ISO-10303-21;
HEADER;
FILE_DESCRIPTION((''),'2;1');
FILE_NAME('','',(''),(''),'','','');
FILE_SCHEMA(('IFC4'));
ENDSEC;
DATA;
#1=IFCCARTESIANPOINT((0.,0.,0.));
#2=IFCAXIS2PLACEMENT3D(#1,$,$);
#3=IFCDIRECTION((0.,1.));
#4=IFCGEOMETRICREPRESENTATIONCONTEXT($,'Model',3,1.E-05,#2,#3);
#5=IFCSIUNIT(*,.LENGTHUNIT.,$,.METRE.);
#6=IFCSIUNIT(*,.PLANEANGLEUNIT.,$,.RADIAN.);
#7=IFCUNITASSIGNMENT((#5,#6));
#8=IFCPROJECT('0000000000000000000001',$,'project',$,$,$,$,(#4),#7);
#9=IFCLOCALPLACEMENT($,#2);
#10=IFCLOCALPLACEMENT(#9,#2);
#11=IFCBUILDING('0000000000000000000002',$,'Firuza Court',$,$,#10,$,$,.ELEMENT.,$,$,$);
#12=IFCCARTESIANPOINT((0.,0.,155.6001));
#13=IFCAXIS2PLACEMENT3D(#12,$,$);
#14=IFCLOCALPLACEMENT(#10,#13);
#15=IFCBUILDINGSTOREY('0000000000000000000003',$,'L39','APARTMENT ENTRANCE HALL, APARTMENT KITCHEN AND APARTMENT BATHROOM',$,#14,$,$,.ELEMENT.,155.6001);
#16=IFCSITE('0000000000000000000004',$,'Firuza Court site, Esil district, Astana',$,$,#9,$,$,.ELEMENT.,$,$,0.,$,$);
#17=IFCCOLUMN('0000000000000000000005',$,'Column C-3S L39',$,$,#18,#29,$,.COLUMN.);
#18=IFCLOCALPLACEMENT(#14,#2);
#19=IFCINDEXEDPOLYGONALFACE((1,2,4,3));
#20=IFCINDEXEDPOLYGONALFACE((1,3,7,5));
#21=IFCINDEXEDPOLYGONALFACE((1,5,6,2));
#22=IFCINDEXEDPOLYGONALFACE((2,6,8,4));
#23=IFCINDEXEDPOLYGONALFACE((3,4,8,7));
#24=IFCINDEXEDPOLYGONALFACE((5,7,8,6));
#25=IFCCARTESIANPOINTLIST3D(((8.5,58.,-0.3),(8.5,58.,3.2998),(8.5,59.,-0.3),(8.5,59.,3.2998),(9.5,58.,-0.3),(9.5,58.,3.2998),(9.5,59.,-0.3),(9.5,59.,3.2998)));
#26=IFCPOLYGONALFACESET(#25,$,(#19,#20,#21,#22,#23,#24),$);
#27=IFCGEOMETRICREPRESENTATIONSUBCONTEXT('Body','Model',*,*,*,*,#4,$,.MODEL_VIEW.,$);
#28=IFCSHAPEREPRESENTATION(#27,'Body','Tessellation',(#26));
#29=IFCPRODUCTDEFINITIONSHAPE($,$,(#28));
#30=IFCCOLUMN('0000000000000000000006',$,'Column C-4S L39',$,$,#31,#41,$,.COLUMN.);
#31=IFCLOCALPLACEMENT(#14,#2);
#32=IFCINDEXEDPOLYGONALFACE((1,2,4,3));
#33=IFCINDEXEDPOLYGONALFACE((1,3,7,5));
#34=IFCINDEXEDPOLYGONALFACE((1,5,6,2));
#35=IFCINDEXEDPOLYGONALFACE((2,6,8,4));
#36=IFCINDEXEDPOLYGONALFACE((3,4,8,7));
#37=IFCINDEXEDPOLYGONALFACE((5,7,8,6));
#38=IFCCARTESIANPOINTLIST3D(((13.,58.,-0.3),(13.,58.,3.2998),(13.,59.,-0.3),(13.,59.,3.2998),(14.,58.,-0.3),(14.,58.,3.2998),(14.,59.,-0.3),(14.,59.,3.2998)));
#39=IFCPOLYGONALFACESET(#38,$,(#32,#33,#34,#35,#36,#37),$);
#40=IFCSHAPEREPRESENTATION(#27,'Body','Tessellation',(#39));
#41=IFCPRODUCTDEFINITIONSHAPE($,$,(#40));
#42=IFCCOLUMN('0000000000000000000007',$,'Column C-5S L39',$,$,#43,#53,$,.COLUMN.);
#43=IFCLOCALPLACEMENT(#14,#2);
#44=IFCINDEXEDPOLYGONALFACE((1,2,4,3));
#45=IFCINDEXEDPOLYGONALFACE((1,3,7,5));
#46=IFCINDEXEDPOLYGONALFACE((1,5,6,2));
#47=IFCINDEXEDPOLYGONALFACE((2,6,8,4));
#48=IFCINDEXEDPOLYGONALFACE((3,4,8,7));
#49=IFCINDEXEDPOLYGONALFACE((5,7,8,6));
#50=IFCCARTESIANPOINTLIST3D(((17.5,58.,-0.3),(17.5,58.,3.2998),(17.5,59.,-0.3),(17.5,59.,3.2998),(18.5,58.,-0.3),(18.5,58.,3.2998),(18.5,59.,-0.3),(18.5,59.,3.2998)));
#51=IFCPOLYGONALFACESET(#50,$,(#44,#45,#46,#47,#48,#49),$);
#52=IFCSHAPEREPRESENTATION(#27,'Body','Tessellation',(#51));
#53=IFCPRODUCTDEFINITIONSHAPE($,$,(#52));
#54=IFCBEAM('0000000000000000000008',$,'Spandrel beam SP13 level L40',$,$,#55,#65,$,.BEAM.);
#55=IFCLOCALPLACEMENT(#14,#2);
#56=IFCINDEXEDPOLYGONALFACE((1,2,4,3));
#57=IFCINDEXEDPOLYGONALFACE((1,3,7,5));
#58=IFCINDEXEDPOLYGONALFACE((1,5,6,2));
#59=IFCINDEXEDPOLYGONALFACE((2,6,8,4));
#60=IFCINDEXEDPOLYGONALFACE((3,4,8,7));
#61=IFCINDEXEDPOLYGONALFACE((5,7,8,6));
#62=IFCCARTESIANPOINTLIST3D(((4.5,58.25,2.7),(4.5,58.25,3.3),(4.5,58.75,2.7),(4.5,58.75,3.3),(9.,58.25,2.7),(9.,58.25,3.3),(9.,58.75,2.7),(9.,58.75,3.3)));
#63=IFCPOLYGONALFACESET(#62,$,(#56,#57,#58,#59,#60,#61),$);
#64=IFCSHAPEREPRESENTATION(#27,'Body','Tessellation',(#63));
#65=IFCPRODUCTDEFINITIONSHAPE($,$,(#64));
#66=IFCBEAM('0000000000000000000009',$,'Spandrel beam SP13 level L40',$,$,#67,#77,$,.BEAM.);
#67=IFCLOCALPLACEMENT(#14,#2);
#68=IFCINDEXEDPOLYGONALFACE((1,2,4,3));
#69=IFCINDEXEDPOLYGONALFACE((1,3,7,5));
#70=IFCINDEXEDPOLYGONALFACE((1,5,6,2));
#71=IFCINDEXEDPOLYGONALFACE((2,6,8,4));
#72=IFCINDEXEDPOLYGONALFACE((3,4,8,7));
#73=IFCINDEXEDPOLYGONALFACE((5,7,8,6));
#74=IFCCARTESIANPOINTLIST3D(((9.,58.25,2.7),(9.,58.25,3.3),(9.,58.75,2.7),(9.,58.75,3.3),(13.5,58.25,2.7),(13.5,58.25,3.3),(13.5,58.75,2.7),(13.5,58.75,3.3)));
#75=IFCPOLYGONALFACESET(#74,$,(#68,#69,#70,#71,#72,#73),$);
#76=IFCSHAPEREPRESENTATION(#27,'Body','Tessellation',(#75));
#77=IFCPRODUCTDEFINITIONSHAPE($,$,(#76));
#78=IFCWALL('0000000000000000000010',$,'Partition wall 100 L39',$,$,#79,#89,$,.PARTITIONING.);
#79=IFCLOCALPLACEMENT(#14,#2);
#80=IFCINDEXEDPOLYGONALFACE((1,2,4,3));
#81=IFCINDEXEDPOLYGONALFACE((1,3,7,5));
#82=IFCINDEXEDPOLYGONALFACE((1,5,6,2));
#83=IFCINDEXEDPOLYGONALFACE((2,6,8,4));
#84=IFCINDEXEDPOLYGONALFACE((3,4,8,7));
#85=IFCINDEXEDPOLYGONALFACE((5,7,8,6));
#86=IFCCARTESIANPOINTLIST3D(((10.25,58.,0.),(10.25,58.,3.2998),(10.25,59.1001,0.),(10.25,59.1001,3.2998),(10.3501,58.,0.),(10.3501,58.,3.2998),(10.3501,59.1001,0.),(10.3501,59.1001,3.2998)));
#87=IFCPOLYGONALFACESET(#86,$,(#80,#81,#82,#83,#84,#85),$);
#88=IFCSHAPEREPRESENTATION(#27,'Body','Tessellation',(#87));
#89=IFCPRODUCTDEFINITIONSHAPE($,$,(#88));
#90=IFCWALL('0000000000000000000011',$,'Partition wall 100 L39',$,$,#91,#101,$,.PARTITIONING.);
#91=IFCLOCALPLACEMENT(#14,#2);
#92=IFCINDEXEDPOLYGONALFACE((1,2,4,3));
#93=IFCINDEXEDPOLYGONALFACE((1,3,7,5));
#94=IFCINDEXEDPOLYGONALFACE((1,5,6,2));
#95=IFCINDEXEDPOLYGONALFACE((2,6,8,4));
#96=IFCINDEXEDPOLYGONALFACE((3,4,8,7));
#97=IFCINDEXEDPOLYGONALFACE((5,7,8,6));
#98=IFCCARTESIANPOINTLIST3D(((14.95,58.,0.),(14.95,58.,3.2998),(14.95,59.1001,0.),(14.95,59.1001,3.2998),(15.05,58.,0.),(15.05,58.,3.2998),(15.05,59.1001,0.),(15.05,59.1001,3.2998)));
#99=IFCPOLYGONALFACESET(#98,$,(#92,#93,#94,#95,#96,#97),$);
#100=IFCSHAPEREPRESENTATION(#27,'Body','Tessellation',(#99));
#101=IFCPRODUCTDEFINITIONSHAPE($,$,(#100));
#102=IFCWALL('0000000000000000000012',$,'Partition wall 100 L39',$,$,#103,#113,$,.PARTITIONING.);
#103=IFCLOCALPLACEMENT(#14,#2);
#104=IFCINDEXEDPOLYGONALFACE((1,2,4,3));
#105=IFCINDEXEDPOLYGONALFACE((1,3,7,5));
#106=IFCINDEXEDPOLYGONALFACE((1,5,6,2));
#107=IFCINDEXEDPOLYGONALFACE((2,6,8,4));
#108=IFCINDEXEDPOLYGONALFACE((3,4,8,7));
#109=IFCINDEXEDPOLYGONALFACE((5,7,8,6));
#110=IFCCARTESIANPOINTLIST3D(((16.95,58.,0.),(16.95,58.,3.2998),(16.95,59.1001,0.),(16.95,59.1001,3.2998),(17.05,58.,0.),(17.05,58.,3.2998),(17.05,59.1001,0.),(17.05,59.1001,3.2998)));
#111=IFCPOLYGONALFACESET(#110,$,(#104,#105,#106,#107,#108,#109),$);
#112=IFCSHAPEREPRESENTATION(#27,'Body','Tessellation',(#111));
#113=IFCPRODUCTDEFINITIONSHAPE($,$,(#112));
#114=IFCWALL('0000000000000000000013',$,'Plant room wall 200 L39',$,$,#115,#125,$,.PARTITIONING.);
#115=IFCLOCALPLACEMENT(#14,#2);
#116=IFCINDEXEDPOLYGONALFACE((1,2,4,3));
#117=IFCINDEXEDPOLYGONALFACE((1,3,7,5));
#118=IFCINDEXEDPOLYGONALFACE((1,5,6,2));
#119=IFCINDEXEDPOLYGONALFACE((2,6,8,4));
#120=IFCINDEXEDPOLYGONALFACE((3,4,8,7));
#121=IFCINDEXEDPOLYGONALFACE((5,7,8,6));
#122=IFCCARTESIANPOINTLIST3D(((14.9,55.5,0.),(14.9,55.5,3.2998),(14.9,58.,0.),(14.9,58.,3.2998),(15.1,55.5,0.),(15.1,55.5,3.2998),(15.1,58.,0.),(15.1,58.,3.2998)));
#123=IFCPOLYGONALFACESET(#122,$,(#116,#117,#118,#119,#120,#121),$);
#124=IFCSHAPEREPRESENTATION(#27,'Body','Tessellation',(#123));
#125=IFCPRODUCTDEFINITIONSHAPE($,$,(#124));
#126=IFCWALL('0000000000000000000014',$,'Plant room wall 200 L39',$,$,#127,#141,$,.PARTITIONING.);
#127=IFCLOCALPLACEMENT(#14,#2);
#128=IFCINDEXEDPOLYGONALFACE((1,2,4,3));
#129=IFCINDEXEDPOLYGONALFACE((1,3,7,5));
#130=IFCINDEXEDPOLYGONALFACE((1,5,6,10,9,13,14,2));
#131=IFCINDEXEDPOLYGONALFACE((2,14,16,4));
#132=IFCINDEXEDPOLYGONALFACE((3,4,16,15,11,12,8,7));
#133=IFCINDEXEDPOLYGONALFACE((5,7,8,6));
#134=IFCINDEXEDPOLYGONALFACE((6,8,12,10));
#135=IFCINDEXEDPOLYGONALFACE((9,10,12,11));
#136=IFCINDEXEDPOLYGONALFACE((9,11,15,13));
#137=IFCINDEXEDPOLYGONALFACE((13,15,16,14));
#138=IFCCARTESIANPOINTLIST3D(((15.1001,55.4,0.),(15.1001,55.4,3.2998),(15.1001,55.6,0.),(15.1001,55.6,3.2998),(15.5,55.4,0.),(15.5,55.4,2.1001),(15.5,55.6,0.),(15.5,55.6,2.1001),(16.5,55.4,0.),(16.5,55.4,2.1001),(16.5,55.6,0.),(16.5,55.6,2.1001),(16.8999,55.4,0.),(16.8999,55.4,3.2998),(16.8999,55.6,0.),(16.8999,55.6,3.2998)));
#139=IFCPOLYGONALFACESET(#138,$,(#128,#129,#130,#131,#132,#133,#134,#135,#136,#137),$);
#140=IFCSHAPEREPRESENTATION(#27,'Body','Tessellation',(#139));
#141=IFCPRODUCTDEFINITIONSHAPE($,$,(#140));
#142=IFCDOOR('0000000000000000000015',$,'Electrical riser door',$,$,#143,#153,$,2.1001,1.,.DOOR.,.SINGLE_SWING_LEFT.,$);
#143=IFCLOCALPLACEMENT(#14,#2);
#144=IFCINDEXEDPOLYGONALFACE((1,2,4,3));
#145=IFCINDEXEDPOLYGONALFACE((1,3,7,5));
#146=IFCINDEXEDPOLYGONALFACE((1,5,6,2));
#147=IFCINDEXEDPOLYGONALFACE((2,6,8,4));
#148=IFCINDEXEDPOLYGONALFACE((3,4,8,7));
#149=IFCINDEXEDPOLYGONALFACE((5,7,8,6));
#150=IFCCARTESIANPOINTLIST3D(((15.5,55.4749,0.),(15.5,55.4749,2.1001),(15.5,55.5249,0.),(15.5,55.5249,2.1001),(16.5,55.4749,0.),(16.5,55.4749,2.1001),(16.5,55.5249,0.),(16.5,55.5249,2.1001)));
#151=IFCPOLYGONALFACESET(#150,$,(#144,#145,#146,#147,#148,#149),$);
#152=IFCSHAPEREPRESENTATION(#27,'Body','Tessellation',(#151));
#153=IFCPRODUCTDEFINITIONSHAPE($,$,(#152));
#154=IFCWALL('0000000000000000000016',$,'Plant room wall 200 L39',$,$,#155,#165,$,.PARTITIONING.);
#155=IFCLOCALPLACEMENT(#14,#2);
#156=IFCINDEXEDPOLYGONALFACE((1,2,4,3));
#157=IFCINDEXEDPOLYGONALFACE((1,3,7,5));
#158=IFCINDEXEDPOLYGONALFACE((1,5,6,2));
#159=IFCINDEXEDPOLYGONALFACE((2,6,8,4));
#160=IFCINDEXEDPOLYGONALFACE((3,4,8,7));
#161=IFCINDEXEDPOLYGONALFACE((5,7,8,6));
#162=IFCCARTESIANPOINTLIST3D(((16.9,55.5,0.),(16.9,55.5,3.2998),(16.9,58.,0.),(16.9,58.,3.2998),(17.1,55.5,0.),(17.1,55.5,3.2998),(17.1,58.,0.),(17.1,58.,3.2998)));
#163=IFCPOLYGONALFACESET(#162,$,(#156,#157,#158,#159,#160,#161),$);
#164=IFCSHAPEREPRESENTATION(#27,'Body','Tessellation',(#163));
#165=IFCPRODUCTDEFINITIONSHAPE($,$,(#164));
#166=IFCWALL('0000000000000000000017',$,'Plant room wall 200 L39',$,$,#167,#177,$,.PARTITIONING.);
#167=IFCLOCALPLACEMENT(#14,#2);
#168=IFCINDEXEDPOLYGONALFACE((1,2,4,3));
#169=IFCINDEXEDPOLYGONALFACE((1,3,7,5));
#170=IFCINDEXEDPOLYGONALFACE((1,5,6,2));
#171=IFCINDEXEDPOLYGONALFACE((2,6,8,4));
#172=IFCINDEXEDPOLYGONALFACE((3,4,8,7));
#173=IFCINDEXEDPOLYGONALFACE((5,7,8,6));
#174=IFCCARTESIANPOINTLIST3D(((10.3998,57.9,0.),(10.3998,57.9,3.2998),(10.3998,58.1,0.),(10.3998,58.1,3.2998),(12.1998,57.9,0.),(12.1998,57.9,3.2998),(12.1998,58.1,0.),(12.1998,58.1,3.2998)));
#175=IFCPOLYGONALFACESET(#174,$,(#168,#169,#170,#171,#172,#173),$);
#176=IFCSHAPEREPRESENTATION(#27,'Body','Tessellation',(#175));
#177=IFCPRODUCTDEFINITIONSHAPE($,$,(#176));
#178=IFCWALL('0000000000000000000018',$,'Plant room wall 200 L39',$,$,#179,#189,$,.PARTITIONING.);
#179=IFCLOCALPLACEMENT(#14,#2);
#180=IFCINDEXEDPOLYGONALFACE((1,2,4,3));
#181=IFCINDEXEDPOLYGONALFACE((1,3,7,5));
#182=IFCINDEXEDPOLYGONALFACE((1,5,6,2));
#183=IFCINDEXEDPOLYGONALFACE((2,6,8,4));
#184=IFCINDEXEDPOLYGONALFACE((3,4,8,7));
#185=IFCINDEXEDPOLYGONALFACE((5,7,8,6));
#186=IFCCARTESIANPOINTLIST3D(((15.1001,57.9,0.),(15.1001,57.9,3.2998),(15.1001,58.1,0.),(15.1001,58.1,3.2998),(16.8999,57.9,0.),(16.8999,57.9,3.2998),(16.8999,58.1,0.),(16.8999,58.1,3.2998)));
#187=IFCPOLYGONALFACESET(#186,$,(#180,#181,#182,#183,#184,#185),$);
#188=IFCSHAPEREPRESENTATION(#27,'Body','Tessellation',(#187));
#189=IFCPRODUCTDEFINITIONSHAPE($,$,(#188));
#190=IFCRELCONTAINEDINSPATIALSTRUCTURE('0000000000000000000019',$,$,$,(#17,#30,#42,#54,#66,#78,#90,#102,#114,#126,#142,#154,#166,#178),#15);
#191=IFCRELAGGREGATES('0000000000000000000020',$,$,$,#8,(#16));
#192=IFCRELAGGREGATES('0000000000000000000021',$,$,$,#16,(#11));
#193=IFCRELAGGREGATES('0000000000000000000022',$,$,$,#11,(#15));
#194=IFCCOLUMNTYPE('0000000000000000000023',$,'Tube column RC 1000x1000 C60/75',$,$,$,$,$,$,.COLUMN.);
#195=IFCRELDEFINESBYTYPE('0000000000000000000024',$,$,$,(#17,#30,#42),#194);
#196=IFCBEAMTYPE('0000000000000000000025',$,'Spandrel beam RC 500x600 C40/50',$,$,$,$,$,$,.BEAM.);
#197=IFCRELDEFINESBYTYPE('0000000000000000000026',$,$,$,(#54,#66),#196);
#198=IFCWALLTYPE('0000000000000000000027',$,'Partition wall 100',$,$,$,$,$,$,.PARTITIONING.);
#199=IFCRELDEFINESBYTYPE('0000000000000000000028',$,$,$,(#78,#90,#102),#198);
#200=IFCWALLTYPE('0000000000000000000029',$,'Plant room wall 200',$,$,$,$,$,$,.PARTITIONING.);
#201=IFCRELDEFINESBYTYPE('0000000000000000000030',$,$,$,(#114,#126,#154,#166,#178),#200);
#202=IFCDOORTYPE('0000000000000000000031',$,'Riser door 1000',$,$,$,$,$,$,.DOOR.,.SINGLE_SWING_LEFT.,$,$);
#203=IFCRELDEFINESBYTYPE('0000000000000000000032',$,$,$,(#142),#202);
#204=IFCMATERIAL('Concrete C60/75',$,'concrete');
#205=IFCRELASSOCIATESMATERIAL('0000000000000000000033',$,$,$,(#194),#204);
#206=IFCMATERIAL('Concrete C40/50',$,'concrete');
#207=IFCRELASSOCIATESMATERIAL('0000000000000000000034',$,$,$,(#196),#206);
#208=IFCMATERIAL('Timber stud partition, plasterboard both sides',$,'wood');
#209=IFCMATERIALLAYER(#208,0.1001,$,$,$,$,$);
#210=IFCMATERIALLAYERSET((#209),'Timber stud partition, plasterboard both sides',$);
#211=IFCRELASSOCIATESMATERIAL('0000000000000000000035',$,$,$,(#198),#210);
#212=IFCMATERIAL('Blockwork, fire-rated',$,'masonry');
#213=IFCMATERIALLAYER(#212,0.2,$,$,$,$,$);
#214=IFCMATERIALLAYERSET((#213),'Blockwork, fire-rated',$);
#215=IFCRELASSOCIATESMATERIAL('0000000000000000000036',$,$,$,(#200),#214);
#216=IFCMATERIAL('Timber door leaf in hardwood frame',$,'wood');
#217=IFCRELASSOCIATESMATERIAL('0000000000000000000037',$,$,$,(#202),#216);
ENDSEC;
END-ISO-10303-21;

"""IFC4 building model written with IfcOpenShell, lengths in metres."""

from ifc_helpers import new_model, si_unit, direction, frame, frame_2d, origin, origin_2d, place, context, subcontext, project, spatial, rectangle, extrude, material, layer, layer_set, material_profile, profile_set, type_object, element, fill, save


model = new_model("IFC4")

# Units and contexts
model_context = context("Model", 3, precision=1e-05, world=origin(), true_north=direction((0.0, 1.0)))
body_context = subcontext(model_context, "Body", "Model", "MODEL_VIEW")
ifc_project = project(units=[si_unit("LENGTHUNIT", "METRE"), si_unit("PLANEANGLEUNIT", "RADIAN")], contexts=[model_context])

# Site, building, storey
site_placement = place(None, origin())
site = spatial("IfcSite", under=ifc_project, at=site_placement, Name="Firuza Court site, Esil district, Astana", CompositionType="ELEMENT", RefElevation=0.0)
building_placement = place(site_placement, origin())
building = spatial("IfcBuilding", under=site, at=building_placement, Name="Firuza Court", CompositionType="ELEMENT")
storey_placement = place(building_placement, frame((0.0, 0.0, 155.6001)))
storey = spatial("IfcBuildingStorey", under=building, at=storey_placement, Name="L39", Description="APARTMENT ENTRANCE HALL, APARTMENT KITCHEN AND APARTMENT BATHROOM", CompositionType="ELEMENT", Elevation=155.6001)

# Columns
ifc_material_1 = material(Name="Concrete C60/75", Category="concrete")
ifc_material_profile_1 = material_profile(ifc_material_1, rectangle(XDim=1.0, YDim=1.0, at=origin_2d()), Name="RC 1000x1000")
ifc_profile_set_1 = profile_set([ifc_material_profile_1], Name="Concrete C60/75")
column_type = type_object("IfcColumnType", Name="Tube column RC 1000x1000 C60/75", PredefinedType="COLUMN", material=ifc_profile_set_1)
for number, where, z_axis, x_axis, name in (
    (1, (9.0, 58.5, -0.3), (0.0, 0.0, 1.0), (1.0, 0.0, 0.0), "Column C-3S L39"),
    (2, (13.5, 58.5, -0.3), (0.0, 0.0, 1.0), (1.0, 0.0, 0.0), "Column C-4S L39"),
    (3, (18.0, 58.5, -0.3), (0.0, 0.0, 1.0), (1.0, 0.0, 0.0), "Column C-5S L39"),
):
    element("IfcColumn", number, at=place(storey_placement, frame(where, z_axis=z_axis, x_axis=x_axis)), inside=storey, type_object=column_type, Name=name, PredefinedType="COLUMN", context=body_context, shape_type="SweptSolid", body=[
        extrude(rectangle(XDim=1.0, YDim=1.0, at=origin_2d()), origin(), (0.0, 0.0, 1.0), 3.5999),
    ])

# Beams
ifc_material_2 = material(Name="Concrete C40/50", Category="concrete")
ifc_material_profile_2 = material_profile(ifc_material_2, rectangle(XDim=0.5, YDim=0.6001, at=origin_2d()), Name="RC 500x600")
ifc_profile_set_2 = profile_set([ifc_material_profile_2], Name="Concrete C40/50")
beam_type = type_object("IfcBeamType", Name="Spandrel beam RC 500x600 C40/50", PredefinedType="BEAM", material=ifc_profile_set_2)
for number, where, z_axis, x_axis, name in (
    (4, (9.0, 58.5, 3.0), (-1.0, 0.0, 0.0), (0.0, -1.0, 0.0), "Spandrel beam SP13 level L40"),
    (5, (13.5, 58.5, 3.0), (-1.0, 0.0, 0.0), (0.0, -1.0, 0.0), "Spandrel beam SP13 level L40"),
):
    element("IfcBeam", number, at=place(storey_placement, frame(where, z_axis=z_axis, x_axis=x_axis)), inside=storey, type_object=beam_type, Name=name, PredefinedType="BEAM", context=body_context, shape_type="SweptSolid", body=[
        extrude(rectangle(XDim=0.5, YDim=0.6001, at=origin_2d()), origin(), (0.0, 0.0, 1.0), 4.5),
    ])

# Walls
ifc_material_3 = material(Name="Timber stud partition, plasterboard both sides", Category="wood")
ifc_layer_1 = layer(ifc_material_3, 0.1001)
ifc_layer_set_1 = layer_set([ifc_layer_1], Name="Timber stud partition, plasterboard both sides")
wall_type_1 = type_object("IfcWallType", Name="Partition wall 100", PredefinedType="PARTITIONING", material=ifc_layer_set_1)
for number, where, z_axis, x_axis, name in (
    (6, (10.3, 58.0, 0.0), (0.0, 0.0, 1.0), (0.0, 1.0, 0.0), "Partition wall 100 L39"),
    (7, (15.0, 58.0, 0.0), (0.0, 0.0, 1.0), (0.0, 1.0, 0.0), "Partition wall 100 L39"),
    (8, (17.0, 58.0, 0.0), (0.0, 0.0, 1.0), (0.0, 1.0, 0.0), "Partition wall 100 L39"),
):
    element("IfcWall", number, at=place(storey_placement, frame(where, z_axis=z_axis, x_axis=x_axis)), inside=storey, type_object=wall_type_1, Name=name, PredefinedType="PARTITIONING", context=body_context, shape_type="SweptSolid", body=[
        extrude(rectangle(XDim=1.1001, YDim=0.1001, at=frame_2d((0.55, 0.0))), origin(), (0.0, 0.0, 1.0), 3.2998),
    ])
ifc_material_4 = material(Name="Blockwork, fire-rated", Category="masonry")
ifc_layer_2 = layer(ifc_material_4, 0.2)
ifc_layer_set_2 = layer_set([ifc_layer_2], Name="Blockwork, fire-rated")
wall_type_2 = type_object("IfcWallType", Name="Plant room wall 200", PredefinedType="PARTITIONING", material=ifc_layer_set_2)
wall_1_placement = place(storey_placement, frame((15.0, 55.5, 0.0), z_axis=(0.0, 0.0, 1.0), x_axis=(0.0, 1.0, 0.0)))
element("IfcWall", 9, at=wall_1_placement, inside=storey, type_object=wall_type_2, Name="Plant room wall 200 L39", PredefinedType="PARTITIONING", context=body_context, shape_type="SweptSolid", body=[
    extrude(rectangle(XDim=2.5, YDim=0.2, at=frame_2d((1.25, 0.0))), origin(), (0.0, 0.0, 1.0), 3.2998),
])

# Wall, opening, door
wall_2_placement = place(storey_placement, frame((15.1001, 55.5, 0.0), z_axis=(0.0, 0.0, 1.0), x_axis=(1.0, 0.0, 0.0)))
wall_2 = element("IfcWall", 10, at=wall_2_placement, inside=storey, type_object=wall_type_2, Name="Plant room wall 200 L39", PredefinedType="PARTITIONING", context=body_context, shape_type="SweptSolid", body=[
    extrude(rectangle(XDim=1.7998, YDim=0.2, at=frame_2d((0.8999, 0.0))), origin(), (0.0, 0.0, 1.0), 3.2998),
])
opening_placement = place(wall_2_placement, frame((0.3999, 0.0, 0.0)))
opening = element("IfcOpeningElement", 11, at=opening_placement, cuts=wall_2, PredefinedType="OPENING", context=body_context, shape_type="SweptSolid", body=[
    extrude(rectangle(XDim=1.0, YDim=2.1001, at=frame_2d((0.5, 1.05))), frame((0.0, 0.1118, 0.0), z_axis=(0.0, -1.0, 0.0), x_axis=(1.0, 0.0, 0.0)), (0.0, 0.0, 1.0), 0.2239),
])
ifc_material_5 = material(Name="Timber door leaf in hardwood frame", Category="wood")
door_type = type_object("IfcDoorType", Name="Riser door 1000", OperationType="SINGLE_SWING_LEFT", PredefinedType="DOOR", material=ifc_material_5)
door_placement = place(opening_placement, origin())
door = element("IfcDoor", 12, at=door_placement, inside=storey, type_object=door_type, Name="Electrical riser door", OperationType="SINGLE_SWING_LEFT", OverallHeight=2.1001, OverallWidth=1.0, PredefinedType="DOOR", context=body_context, shape_type="SweptSolid", body=[
    extrude(rectangle(XDim=1.0, YDim=2.1001, at=frame_2d((0.5, 1.05))), frame((0.0, 0.0249, 0.0), z_axis=(0.0, -1.0, 0.0), x_axis=(1.0, 0.0, 0.0)), (0.0, 0.0, 1.0), 0.05),
])
fill(opening, door)

# Walls
wall_3_placement = place(storey_placement, frame((17.0, 55.5, 0.0), z_axis=(0.0, 0.0, 1.0), x_axis=(0.0, 1.0, 0.0)))
element("IfcWall", 13, at=wall_3_placement, inside=storey, type_object=wall_type_2, Name="Plant room wall 200 L39", PredefinedType="PARTITIONING", context=body_context, shape_type="SweptSolid", body=[
    extrude(rectangle(XDim=2.5, YDim=0.2, at=frame_2d((1.25, 0.0))), origin(), (0.0, 0.0, 1.0), 3.2998),
])
wall_4_placement = place(storey_placement, frame((10.3999, 58.0, 0.0), z_axis=(0.0, 0.0, 1.0), x_axis=(1.0, 0.0, 0.0)))
element("IfcWall", 14, at=wall_4_placement, inside=storey, type_object=wall_type_2, Name="Plant room wall 200 L39", PredefinedType="PARTITIONING", context=body_context, shape_type="SweptSolid", body=[
    extrude(rectangle(XDim=1.8, YDim=0.2, at=frame_2d((0.8999, 0.0))), origin(), (0.0, 0.0, 1.0), 3.2998),
])
wall_5_placement = place(storey_placement, frame((15.1001, 58.0, 0.0), z_axis=(0.0, 0.0, 1.0), x_axis=(1.0, 0.0, 0.0)))
element("IfcWall", 15, at=wall_5_placement, inside=storey, type_object=wall_type_2, Name="Plant room wall 200 L39", PredefinedType="PARTITIONING", context=body_context, shape_type="SweptSolid", body=[
    extrude(rectangle(XDim=1.7998, YDim=0.2, at=frame_2d((0.8999, 0.0))), origin(), (0.0, 0.0, 1.0), 3.2998),
])

save(model, "model.ifc")
